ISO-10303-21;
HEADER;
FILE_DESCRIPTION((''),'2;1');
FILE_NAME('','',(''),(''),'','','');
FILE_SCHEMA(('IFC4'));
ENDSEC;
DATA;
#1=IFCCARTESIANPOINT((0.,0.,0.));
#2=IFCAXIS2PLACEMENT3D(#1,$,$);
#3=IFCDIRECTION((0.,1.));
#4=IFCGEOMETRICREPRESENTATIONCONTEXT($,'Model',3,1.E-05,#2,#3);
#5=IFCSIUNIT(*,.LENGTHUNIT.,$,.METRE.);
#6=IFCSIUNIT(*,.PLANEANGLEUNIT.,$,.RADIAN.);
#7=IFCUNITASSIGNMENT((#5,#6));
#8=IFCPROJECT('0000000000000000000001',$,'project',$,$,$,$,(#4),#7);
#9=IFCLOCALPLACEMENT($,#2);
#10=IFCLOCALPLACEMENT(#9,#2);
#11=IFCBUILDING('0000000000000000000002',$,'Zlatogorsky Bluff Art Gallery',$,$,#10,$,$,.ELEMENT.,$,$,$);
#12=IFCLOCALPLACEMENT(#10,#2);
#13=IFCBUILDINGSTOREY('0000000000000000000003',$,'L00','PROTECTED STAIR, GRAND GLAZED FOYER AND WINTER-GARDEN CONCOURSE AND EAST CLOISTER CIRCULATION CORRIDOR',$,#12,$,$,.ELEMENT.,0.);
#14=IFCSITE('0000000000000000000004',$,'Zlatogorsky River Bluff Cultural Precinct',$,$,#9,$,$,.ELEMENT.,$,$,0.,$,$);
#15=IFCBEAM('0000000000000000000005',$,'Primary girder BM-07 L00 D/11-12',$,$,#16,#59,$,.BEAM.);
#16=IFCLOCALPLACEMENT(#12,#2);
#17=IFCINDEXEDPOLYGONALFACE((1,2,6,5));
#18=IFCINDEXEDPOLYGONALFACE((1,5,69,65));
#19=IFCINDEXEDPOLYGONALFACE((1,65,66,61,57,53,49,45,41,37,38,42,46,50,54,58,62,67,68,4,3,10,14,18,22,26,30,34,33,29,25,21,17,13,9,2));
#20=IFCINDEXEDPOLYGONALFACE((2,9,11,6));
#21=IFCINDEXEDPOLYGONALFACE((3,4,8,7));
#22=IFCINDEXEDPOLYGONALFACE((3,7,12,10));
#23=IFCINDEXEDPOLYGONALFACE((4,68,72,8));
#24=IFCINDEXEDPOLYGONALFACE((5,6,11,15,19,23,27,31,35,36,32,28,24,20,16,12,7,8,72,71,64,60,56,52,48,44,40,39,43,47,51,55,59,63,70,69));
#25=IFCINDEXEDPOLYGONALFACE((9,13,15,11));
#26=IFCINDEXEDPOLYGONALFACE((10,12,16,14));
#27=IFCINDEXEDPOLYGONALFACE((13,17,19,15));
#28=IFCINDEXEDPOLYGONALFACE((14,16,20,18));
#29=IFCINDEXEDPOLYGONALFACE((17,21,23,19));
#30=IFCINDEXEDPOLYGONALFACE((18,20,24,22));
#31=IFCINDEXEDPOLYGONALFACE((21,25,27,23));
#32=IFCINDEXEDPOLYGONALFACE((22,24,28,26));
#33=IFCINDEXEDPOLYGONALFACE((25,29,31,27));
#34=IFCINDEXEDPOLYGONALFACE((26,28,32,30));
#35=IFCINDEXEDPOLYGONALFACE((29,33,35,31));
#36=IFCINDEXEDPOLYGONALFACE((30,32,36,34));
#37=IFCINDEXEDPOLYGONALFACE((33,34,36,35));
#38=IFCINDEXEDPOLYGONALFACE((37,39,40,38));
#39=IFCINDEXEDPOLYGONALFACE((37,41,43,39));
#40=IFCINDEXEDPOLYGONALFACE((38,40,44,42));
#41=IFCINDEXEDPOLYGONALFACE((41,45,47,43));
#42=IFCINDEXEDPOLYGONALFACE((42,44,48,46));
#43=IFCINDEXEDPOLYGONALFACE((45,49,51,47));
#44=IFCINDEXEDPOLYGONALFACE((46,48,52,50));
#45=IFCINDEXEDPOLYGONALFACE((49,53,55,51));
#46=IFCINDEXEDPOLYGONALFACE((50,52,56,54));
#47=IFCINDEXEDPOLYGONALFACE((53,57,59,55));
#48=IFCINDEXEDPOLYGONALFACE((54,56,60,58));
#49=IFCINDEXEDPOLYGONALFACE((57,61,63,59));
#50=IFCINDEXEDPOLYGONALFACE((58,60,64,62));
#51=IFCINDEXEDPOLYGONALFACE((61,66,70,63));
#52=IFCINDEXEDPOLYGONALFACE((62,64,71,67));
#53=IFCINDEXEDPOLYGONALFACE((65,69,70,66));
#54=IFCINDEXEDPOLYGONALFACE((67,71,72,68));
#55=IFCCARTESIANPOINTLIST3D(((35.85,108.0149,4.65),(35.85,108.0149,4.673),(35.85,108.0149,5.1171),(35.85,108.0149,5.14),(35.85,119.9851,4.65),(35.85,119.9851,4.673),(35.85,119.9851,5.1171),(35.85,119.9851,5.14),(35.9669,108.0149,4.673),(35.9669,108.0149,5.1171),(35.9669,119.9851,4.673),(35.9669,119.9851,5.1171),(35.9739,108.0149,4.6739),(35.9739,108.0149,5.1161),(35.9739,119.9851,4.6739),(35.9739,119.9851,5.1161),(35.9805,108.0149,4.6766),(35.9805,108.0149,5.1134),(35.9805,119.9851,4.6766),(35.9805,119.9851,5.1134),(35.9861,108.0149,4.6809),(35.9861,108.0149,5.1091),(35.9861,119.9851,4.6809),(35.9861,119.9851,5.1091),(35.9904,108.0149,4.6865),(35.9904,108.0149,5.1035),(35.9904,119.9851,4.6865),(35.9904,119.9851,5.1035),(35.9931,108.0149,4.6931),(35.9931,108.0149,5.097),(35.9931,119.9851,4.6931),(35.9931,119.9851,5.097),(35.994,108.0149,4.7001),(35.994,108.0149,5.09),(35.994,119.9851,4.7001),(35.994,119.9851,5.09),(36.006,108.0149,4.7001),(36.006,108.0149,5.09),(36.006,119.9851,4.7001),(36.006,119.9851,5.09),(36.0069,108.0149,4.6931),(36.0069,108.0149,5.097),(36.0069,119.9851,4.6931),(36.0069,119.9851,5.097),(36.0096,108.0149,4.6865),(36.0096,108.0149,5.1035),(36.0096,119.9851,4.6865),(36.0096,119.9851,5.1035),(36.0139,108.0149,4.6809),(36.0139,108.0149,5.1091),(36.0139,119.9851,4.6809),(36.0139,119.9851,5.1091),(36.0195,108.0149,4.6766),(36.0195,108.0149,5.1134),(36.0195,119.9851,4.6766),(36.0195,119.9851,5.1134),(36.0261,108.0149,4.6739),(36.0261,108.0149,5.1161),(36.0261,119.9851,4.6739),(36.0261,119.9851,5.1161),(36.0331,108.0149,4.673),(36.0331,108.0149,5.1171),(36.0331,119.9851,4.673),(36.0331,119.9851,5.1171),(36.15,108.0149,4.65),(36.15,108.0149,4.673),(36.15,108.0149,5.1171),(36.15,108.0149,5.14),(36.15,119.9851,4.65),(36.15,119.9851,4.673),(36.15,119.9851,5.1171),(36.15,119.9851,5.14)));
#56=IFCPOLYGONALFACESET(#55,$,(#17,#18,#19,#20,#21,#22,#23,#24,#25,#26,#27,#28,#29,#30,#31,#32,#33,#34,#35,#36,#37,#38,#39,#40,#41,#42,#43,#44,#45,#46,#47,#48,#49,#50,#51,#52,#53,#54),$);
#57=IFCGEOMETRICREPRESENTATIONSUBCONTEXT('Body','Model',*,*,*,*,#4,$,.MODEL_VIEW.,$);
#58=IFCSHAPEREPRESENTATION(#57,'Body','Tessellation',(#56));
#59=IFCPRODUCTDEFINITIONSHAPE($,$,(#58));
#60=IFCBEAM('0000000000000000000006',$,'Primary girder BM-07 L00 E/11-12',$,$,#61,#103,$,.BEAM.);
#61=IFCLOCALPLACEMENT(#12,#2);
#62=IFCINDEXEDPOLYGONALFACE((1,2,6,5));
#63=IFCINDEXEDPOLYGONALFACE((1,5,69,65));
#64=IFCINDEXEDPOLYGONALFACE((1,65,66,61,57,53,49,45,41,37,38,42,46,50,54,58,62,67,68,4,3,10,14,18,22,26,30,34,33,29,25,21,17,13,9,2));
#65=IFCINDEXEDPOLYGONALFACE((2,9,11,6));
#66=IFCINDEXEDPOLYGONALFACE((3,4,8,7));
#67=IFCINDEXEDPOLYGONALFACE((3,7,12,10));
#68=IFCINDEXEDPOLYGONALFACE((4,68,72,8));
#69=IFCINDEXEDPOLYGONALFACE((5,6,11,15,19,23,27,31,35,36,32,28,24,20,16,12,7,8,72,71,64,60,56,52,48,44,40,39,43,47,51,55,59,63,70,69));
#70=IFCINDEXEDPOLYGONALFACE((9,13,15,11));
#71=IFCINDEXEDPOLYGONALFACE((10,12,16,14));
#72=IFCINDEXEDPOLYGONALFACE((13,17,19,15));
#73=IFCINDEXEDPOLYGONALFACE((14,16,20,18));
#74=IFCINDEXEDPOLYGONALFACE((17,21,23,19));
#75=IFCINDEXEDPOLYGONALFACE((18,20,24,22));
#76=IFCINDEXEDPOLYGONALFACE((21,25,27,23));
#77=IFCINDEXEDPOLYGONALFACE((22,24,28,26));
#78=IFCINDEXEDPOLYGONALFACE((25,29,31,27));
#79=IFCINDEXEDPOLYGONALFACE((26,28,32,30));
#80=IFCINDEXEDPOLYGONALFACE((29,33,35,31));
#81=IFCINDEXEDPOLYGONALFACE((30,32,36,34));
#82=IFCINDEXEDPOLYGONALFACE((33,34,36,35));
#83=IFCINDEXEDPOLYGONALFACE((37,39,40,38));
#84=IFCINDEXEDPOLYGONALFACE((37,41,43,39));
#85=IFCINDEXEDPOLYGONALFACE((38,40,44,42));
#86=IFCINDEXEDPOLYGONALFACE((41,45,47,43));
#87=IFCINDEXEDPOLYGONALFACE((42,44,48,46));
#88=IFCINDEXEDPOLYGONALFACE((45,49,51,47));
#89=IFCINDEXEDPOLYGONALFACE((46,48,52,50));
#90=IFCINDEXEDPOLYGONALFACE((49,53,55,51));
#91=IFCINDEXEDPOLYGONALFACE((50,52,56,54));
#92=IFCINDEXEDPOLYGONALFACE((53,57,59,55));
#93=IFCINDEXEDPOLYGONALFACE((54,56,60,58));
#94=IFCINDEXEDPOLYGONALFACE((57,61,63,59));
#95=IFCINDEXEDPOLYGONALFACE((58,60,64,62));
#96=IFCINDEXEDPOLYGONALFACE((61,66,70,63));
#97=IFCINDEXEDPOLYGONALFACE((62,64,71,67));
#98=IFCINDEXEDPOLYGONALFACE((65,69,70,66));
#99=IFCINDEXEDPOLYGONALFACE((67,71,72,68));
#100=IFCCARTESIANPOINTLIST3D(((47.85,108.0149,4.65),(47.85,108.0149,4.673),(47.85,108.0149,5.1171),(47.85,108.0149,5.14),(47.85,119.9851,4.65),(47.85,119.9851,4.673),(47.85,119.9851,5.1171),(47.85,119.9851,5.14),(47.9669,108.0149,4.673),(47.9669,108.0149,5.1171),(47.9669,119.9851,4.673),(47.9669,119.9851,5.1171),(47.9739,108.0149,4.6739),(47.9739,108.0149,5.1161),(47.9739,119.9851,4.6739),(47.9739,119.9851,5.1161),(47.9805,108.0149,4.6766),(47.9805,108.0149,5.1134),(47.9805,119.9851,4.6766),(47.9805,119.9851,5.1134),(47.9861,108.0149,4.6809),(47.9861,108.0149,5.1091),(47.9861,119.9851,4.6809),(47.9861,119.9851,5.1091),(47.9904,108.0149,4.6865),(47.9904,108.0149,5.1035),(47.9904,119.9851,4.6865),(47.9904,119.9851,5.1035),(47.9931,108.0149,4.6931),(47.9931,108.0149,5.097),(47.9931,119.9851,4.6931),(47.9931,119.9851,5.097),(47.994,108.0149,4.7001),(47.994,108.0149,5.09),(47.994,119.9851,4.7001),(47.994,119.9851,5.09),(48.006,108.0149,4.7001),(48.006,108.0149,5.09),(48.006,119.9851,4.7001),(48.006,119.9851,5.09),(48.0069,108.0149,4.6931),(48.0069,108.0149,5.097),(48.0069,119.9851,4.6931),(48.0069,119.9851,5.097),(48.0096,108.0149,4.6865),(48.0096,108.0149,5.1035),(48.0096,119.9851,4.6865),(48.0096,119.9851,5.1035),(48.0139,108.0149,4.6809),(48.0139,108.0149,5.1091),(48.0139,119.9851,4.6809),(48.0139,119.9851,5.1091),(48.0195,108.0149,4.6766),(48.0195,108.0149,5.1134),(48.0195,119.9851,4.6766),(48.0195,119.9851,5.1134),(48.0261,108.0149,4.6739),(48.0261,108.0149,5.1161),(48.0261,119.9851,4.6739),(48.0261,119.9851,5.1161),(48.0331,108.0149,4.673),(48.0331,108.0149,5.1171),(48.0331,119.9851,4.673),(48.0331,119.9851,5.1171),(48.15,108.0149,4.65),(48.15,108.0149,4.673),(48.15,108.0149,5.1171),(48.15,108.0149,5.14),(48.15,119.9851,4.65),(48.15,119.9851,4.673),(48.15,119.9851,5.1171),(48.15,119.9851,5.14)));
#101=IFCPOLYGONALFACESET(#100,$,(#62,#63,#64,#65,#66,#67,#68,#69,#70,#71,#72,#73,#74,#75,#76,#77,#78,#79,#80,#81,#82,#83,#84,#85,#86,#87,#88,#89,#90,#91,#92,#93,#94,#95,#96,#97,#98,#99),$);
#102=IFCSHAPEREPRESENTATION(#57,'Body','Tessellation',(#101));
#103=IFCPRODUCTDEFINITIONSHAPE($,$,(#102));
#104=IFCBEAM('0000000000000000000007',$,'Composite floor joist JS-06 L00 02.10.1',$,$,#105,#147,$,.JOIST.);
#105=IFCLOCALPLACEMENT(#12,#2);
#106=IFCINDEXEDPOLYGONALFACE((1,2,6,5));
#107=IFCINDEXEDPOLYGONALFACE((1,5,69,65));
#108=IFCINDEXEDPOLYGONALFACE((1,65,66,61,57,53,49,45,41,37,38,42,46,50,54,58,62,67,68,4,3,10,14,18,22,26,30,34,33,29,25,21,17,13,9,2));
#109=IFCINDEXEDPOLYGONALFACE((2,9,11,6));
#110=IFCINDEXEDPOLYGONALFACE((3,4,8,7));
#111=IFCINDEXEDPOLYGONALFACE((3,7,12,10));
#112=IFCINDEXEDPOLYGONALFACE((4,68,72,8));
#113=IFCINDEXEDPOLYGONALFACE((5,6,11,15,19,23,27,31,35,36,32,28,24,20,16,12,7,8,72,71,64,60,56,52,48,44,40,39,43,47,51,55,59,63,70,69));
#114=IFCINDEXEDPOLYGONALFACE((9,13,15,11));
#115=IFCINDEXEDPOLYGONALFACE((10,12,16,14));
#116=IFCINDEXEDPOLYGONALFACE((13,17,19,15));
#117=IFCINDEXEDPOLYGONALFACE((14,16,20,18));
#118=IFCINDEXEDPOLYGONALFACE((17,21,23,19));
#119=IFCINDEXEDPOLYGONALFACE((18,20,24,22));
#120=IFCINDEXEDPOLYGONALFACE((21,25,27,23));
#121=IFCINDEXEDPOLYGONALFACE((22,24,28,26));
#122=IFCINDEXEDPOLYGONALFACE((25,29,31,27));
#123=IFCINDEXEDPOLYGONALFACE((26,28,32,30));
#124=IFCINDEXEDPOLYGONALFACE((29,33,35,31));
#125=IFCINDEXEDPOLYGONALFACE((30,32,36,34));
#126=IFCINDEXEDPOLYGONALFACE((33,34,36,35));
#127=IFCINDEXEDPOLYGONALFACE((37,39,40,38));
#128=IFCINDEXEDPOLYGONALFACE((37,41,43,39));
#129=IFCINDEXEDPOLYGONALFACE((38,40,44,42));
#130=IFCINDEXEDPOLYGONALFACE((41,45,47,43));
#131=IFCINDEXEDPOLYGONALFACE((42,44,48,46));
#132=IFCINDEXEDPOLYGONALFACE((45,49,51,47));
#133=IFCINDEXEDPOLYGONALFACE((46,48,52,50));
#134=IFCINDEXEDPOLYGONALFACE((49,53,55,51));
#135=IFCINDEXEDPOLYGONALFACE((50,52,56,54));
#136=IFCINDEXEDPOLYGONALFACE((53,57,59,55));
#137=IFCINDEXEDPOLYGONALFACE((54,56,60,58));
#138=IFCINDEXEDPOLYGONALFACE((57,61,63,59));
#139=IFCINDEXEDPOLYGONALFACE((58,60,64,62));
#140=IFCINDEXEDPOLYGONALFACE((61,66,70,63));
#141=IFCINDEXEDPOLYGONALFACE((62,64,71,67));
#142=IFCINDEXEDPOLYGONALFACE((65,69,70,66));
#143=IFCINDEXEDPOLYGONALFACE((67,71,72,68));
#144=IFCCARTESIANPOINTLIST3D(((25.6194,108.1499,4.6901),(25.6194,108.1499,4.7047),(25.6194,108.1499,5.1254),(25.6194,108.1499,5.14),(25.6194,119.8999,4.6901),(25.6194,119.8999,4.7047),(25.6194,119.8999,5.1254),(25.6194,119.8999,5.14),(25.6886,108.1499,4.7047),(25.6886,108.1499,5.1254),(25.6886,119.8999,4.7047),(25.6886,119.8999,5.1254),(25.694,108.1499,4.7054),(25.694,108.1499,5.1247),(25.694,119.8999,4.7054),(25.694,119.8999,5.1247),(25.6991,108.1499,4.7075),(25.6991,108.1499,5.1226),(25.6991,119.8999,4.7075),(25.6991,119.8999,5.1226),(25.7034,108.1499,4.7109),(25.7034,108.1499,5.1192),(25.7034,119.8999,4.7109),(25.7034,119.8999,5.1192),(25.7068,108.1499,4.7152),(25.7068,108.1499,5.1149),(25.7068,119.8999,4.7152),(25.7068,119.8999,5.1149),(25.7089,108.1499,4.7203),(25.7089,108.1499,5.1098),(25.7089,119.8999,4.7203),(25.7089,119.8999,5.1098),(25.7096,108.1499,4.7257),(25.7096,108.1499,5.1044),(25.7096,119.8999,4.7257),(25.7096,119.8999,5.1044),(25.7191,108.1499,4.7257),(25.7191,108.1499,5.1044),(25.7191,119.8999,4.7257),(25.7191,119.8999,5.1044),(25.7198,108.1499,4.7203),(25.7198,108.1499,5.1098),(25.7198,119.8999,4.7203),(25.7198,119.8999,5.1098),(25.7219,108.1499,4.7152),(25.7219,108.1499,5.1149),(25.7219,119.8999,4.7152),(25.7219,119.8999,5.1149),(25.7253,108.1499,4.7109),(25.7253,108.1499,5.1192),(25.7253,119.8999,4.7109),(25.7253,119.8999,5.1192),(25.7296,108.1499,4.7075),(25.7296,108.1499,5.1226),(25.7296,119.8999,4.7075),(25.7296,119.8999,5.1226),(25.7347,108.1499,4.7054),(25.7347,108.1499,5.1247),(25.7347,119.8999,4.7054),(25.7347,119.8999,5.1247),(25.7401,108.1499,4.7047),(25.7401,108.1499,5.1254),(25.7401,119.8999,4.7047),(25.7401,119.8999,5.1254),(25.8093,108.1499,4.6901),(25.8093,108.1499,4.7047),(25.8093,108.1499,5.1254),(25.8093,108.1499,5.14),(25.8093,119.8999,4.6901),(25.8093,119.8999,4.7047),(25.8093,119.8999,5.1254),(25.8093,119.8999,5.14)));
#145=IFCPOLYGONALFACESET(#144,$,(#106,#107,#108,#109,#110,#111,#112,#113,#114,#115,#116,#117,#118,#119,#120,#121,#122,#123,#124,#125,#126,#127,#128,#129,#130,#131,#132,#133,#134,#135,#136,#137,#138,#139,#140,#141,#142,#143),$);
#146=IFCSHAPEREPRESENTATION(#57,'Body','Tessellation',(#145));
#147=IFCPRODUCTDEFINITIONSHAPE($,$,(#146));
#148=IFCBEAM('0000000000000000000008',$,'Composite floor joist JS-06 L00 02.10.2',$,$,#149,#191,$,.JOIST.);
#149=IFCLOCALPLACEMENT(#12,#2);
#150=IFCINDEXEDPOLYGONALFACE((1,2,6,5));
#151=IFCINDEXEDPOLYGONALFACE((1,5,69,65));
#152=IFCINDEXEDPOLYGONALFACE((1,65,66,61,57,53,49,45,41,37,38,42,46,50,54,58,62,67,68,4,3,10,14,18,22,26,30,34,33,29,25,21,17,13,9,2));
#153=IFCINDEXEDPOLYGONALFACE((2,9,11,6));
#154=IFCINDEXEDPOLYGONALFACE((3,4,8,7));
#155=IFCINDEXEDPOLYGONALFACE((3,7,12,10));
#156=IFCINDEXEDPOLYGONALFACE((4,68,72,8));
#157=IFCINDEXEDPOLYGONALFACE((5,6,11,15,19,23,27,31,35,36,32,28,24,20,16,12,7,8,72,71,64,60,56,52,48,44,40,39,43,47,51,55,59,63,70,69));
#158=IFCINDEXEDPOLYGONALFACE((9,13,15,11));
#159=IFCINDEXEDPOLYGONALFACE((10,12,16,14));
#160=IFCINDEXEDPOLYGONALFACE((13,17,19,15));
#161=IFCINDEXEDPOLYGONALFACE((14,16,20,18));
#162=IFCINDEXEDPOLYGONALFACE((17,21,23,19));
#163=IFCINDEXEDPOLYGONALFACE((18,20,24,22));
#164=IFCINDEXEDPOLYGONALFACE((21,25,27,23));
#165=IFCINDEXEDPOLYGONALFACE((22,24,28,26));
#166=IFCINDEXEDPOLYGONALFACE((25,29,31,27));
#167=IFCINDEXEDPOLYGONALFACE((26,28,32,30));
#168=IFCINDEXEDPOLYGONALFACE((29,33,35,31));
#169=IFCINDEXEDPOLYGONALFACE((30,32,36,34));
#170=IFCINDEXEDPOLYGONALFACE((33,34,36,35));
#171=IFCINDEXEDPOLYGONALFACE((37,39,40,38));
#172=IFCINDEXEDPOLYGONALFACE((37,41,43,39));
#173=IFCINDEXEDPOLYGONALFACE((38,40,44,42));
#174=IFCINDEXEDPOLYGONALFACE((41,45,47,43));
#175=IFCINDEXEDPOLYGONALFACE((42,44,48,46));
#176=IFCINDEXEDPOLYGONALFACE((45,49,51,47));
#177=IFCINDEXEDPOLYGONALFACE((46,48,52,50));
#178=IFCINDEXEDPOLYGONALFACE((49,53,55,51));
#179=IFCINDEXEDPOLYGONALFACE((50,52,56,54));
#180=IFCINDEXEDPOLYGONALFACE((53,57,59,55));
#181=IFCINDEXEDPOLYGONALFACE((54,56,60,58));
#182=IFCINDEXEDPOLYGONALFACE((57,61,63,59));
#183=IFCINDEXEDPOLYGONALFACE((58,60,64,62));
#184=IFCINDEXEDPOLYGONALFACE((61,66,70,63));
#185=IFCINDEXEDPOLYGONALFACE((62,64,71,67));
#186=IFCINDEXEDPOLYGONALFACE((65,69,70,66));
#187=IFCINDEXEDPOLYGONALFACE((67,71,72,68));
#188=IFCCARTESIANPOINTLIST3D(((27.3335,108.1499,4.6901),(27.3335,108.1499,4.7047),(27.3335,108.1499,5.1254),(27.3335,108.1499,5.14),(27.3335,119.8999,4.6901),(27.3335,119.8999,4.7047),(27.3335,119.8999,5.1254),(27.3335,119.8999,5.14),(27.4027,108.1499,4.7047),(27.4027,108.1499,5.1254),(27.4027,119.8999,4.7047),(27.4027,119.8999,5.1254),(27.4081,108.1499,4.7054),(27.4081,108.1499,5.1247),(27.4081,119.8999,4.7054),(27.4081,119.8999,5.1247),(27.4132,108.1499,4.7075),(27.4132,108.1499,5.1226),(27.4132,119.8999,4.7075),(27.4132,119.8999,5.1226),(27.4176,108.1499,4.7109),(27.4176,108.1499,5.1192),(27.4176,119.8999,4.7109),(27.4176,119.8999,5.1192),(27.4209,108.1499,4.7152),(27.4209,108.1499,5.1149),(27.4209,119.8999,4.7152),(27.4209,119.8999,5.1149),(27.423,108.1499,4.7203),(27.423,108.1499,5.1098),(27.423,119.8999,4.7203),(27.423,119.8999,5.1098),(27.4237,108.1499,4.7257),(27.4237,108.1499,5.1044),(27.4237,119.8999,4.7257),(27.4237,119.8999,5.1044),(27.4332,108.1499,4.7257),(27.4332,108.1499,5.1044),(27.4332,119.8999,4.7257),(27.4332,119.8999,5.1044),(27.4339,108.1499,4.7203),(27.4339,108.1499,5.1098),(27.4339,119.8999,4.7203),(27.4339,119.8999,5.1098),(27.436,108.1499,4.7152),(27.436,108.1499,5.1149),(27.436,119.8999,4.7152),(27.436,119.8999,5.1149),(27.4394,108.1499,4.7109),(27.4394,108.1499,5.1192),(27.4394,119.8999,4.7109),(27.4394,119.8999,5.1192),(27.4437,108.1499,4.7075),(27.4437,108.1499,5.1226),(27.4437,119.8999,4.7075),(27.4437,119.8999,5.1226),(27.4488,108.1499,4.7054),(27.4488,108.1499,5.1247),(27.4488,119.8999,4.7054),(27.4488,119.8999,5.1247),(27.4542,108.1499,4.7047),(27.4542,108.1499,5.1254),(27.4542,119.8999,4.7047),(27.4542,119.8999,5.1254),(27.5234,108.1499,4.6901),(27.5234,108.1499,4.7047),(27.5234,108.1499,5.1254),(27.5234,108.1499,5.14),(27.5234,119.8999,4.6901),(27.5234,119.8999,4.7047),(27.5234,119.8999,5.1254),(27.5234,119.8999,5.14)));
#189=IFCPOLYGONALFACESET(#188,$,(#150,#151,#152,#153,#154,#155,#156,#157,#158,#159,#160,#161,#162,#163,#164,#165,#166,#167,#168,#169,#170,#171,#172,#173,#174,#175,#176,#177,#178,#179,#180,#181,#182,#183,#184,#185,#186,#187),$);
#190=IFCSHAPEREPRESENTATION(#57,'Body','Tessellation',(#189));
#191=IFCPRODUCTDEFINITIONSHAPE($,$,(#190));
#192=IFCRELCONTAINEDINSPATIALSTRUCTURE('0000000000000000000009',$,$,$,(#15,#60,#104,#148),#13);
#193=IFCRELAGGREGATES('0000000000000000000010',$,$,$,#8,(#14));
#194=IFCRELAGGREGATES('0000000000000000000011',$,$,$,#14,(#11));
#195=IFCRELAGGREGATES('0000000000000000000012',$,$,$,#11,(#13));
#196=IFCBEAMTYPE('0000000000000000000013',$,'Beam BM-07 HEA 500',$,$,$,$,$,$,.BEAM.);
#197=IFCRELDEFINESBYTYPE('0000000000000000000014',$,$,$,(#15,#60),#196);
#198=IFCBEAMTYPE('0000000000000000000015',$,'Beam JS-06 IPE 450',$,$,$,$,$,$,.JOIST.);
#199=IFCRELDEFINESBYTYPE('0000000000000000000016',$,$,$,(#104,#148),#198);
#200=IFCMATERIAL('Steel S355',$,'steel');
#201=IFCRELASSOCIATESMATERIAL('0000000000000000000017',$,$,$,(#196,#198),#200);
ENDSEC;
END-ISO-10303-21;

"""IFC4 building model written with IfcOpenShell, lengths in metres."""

from ifc_helpers import new_model, si_unit, direction, frame, origin, origin_2d, place, context, subcontext, project, spatial, i_section, extrude, material, material_profile, profile_set, type_object, element, save


model = new_model("IFC4")

# Units and contexts
model_context = context("Model", 3, precision=1e-05, world=origin(), true_north=direction((0.0, 1.0)))
body_context = subcontext(model_context, "Body", "Model", "MODEL_VIEW")
ifc_project = project(units=[si_unit("LENGTHUNIT", "METRE"), si_unit("PLANEANGLEUNIT", "RADIAN")], contexts=[model_context])

# Site, building, storey
site_placement = place(None, origin())
site = spatial("IfcSite", under=ifc_project, at=site_placement, Name="Zlatogorsky River Bluff Cultural Precinct", CompositionType="ELEMENT", RefElevation=0.0)
building_placement = place(site_placement, origin())
building = spatial("IfcBuilding", under=site, at=building_placement, Name="Zlatogorsky Bluff Art Gallery", CompositionType="ELEMENT")
storey_placement = place(building_placement, origin())
storey = spatial("IfcBuildingStorey", under=building, at=storey_placement, Name="L00", Description="PROTECTED STAIR, GRAND GLAZED FOYER AND WINTER-GARDEN CONCOURSE AND EAST CLOISTER CIRCULATION CORRIDOR", CompositionType="ELEMENT", Elevation=0.0)

# Shared definitions
ifc_material_1 = material(Name="Steel S355", Category="steel")

# Beams
ifc_material_profile_1 = material_profile(ifc_material_1, i_section(OverallWidth=0.3, OverallDepth=0.49, WebThickness=0.012, FlangeThickness=0.0229, FilletRadius=0.0271, at=origin_2d()), Name="HEA 500")
ifc_profile_set_1 = profile_set([ifc_material_profile_1], Name="Steel S355")
beam_type_1 = type_object("IfcBeamType", Name="Beam BM-07 HEA 500", PredefinedType="BEAM", material=ifc_profile_set_1)
for number, where, z_axis, x_axis, name in (
    (1, (36.0, 108.0149, 4.895), (0.0, 1.0, 0.0), (-1.0, 0.0, 0.0), "Primary girder BM-07 L00 D/11-12"),
    (2, (48.0, 108.0149, 4.895), (0.0, 1.0, 0.0), (-1.0, 0.0, 0.0), "Primary girder BM-07 L00 E/11-12"),
):
    element("IfcBeam", number, at=place(storey_placement, frame(where, z_axis=z_axis, x_axis=x_axis)), inside=storey, type_object=beam_type_1, Name=name, PredefinedType="BEAM", context=body_context, shape_type="SweptSolid", body=[
        extrude(i_section(OverallWidth=0.3, OverallDepth=0.49, WebThickness=0.012, FlangeThickness=0.0229, FilletRadius=0.0271, at=origin_2d()), origin(), (0.0, 0.0, 1.0), 11.9702),
    ])
ifc_material_profile_2 = material_profile(ifc_material_1, i_section(OverallWidth=0.1899, OverallDepth=0.45, WebThickness=0.0095, FlangeThickness=0.0146, FilletRadius=0.021, at=origin_2d()), Name="IPE 450")
ifc_profile_set_2 = profile_set([ifc_material_profile_2], Name="Steel S355")
beam_type_2 = type_object("IfcBeamType", Name="Beam JS-06 IPE 450", PredefinedType="JOIST", material=ifc_profile_set_2)
for number, where, z_axis, x_axis, name in (
    (3, (25.7144, 108.1499, 4.915), (0.0, 1.0, 0.0), (-1.0, 0.0, 0.0), "Composite floor joist JS-06 L00 02.10.1"),
    (4, (27.4285, 108.1499, 4.915), (0.0, 1.0, 0.0), (-1.0, 0.0, 0.0), "Composite floor joist JS-06 L00 02.10.2"),
):
    element("IfcBeam", number, at=place(storey_placement, frame(where, z_axis=z_axis, x_axis=x_axis)), inside=storey, type_object=beam_type_2, Name=name, PredefinedType="JOIST", context=body_context, shape_type="SweptSolid", body=[
        extrude(i_section(OverallWidth=0.1899, OverallDepth=0.45, WebThickness=0.0095, FlangeThickness=0.0146, FilletRadius=0.021, at=origin_2d()), origin(), (0.0, 0.0, 1.0), 11.75),
    ])

save(model, "model.ifc")
